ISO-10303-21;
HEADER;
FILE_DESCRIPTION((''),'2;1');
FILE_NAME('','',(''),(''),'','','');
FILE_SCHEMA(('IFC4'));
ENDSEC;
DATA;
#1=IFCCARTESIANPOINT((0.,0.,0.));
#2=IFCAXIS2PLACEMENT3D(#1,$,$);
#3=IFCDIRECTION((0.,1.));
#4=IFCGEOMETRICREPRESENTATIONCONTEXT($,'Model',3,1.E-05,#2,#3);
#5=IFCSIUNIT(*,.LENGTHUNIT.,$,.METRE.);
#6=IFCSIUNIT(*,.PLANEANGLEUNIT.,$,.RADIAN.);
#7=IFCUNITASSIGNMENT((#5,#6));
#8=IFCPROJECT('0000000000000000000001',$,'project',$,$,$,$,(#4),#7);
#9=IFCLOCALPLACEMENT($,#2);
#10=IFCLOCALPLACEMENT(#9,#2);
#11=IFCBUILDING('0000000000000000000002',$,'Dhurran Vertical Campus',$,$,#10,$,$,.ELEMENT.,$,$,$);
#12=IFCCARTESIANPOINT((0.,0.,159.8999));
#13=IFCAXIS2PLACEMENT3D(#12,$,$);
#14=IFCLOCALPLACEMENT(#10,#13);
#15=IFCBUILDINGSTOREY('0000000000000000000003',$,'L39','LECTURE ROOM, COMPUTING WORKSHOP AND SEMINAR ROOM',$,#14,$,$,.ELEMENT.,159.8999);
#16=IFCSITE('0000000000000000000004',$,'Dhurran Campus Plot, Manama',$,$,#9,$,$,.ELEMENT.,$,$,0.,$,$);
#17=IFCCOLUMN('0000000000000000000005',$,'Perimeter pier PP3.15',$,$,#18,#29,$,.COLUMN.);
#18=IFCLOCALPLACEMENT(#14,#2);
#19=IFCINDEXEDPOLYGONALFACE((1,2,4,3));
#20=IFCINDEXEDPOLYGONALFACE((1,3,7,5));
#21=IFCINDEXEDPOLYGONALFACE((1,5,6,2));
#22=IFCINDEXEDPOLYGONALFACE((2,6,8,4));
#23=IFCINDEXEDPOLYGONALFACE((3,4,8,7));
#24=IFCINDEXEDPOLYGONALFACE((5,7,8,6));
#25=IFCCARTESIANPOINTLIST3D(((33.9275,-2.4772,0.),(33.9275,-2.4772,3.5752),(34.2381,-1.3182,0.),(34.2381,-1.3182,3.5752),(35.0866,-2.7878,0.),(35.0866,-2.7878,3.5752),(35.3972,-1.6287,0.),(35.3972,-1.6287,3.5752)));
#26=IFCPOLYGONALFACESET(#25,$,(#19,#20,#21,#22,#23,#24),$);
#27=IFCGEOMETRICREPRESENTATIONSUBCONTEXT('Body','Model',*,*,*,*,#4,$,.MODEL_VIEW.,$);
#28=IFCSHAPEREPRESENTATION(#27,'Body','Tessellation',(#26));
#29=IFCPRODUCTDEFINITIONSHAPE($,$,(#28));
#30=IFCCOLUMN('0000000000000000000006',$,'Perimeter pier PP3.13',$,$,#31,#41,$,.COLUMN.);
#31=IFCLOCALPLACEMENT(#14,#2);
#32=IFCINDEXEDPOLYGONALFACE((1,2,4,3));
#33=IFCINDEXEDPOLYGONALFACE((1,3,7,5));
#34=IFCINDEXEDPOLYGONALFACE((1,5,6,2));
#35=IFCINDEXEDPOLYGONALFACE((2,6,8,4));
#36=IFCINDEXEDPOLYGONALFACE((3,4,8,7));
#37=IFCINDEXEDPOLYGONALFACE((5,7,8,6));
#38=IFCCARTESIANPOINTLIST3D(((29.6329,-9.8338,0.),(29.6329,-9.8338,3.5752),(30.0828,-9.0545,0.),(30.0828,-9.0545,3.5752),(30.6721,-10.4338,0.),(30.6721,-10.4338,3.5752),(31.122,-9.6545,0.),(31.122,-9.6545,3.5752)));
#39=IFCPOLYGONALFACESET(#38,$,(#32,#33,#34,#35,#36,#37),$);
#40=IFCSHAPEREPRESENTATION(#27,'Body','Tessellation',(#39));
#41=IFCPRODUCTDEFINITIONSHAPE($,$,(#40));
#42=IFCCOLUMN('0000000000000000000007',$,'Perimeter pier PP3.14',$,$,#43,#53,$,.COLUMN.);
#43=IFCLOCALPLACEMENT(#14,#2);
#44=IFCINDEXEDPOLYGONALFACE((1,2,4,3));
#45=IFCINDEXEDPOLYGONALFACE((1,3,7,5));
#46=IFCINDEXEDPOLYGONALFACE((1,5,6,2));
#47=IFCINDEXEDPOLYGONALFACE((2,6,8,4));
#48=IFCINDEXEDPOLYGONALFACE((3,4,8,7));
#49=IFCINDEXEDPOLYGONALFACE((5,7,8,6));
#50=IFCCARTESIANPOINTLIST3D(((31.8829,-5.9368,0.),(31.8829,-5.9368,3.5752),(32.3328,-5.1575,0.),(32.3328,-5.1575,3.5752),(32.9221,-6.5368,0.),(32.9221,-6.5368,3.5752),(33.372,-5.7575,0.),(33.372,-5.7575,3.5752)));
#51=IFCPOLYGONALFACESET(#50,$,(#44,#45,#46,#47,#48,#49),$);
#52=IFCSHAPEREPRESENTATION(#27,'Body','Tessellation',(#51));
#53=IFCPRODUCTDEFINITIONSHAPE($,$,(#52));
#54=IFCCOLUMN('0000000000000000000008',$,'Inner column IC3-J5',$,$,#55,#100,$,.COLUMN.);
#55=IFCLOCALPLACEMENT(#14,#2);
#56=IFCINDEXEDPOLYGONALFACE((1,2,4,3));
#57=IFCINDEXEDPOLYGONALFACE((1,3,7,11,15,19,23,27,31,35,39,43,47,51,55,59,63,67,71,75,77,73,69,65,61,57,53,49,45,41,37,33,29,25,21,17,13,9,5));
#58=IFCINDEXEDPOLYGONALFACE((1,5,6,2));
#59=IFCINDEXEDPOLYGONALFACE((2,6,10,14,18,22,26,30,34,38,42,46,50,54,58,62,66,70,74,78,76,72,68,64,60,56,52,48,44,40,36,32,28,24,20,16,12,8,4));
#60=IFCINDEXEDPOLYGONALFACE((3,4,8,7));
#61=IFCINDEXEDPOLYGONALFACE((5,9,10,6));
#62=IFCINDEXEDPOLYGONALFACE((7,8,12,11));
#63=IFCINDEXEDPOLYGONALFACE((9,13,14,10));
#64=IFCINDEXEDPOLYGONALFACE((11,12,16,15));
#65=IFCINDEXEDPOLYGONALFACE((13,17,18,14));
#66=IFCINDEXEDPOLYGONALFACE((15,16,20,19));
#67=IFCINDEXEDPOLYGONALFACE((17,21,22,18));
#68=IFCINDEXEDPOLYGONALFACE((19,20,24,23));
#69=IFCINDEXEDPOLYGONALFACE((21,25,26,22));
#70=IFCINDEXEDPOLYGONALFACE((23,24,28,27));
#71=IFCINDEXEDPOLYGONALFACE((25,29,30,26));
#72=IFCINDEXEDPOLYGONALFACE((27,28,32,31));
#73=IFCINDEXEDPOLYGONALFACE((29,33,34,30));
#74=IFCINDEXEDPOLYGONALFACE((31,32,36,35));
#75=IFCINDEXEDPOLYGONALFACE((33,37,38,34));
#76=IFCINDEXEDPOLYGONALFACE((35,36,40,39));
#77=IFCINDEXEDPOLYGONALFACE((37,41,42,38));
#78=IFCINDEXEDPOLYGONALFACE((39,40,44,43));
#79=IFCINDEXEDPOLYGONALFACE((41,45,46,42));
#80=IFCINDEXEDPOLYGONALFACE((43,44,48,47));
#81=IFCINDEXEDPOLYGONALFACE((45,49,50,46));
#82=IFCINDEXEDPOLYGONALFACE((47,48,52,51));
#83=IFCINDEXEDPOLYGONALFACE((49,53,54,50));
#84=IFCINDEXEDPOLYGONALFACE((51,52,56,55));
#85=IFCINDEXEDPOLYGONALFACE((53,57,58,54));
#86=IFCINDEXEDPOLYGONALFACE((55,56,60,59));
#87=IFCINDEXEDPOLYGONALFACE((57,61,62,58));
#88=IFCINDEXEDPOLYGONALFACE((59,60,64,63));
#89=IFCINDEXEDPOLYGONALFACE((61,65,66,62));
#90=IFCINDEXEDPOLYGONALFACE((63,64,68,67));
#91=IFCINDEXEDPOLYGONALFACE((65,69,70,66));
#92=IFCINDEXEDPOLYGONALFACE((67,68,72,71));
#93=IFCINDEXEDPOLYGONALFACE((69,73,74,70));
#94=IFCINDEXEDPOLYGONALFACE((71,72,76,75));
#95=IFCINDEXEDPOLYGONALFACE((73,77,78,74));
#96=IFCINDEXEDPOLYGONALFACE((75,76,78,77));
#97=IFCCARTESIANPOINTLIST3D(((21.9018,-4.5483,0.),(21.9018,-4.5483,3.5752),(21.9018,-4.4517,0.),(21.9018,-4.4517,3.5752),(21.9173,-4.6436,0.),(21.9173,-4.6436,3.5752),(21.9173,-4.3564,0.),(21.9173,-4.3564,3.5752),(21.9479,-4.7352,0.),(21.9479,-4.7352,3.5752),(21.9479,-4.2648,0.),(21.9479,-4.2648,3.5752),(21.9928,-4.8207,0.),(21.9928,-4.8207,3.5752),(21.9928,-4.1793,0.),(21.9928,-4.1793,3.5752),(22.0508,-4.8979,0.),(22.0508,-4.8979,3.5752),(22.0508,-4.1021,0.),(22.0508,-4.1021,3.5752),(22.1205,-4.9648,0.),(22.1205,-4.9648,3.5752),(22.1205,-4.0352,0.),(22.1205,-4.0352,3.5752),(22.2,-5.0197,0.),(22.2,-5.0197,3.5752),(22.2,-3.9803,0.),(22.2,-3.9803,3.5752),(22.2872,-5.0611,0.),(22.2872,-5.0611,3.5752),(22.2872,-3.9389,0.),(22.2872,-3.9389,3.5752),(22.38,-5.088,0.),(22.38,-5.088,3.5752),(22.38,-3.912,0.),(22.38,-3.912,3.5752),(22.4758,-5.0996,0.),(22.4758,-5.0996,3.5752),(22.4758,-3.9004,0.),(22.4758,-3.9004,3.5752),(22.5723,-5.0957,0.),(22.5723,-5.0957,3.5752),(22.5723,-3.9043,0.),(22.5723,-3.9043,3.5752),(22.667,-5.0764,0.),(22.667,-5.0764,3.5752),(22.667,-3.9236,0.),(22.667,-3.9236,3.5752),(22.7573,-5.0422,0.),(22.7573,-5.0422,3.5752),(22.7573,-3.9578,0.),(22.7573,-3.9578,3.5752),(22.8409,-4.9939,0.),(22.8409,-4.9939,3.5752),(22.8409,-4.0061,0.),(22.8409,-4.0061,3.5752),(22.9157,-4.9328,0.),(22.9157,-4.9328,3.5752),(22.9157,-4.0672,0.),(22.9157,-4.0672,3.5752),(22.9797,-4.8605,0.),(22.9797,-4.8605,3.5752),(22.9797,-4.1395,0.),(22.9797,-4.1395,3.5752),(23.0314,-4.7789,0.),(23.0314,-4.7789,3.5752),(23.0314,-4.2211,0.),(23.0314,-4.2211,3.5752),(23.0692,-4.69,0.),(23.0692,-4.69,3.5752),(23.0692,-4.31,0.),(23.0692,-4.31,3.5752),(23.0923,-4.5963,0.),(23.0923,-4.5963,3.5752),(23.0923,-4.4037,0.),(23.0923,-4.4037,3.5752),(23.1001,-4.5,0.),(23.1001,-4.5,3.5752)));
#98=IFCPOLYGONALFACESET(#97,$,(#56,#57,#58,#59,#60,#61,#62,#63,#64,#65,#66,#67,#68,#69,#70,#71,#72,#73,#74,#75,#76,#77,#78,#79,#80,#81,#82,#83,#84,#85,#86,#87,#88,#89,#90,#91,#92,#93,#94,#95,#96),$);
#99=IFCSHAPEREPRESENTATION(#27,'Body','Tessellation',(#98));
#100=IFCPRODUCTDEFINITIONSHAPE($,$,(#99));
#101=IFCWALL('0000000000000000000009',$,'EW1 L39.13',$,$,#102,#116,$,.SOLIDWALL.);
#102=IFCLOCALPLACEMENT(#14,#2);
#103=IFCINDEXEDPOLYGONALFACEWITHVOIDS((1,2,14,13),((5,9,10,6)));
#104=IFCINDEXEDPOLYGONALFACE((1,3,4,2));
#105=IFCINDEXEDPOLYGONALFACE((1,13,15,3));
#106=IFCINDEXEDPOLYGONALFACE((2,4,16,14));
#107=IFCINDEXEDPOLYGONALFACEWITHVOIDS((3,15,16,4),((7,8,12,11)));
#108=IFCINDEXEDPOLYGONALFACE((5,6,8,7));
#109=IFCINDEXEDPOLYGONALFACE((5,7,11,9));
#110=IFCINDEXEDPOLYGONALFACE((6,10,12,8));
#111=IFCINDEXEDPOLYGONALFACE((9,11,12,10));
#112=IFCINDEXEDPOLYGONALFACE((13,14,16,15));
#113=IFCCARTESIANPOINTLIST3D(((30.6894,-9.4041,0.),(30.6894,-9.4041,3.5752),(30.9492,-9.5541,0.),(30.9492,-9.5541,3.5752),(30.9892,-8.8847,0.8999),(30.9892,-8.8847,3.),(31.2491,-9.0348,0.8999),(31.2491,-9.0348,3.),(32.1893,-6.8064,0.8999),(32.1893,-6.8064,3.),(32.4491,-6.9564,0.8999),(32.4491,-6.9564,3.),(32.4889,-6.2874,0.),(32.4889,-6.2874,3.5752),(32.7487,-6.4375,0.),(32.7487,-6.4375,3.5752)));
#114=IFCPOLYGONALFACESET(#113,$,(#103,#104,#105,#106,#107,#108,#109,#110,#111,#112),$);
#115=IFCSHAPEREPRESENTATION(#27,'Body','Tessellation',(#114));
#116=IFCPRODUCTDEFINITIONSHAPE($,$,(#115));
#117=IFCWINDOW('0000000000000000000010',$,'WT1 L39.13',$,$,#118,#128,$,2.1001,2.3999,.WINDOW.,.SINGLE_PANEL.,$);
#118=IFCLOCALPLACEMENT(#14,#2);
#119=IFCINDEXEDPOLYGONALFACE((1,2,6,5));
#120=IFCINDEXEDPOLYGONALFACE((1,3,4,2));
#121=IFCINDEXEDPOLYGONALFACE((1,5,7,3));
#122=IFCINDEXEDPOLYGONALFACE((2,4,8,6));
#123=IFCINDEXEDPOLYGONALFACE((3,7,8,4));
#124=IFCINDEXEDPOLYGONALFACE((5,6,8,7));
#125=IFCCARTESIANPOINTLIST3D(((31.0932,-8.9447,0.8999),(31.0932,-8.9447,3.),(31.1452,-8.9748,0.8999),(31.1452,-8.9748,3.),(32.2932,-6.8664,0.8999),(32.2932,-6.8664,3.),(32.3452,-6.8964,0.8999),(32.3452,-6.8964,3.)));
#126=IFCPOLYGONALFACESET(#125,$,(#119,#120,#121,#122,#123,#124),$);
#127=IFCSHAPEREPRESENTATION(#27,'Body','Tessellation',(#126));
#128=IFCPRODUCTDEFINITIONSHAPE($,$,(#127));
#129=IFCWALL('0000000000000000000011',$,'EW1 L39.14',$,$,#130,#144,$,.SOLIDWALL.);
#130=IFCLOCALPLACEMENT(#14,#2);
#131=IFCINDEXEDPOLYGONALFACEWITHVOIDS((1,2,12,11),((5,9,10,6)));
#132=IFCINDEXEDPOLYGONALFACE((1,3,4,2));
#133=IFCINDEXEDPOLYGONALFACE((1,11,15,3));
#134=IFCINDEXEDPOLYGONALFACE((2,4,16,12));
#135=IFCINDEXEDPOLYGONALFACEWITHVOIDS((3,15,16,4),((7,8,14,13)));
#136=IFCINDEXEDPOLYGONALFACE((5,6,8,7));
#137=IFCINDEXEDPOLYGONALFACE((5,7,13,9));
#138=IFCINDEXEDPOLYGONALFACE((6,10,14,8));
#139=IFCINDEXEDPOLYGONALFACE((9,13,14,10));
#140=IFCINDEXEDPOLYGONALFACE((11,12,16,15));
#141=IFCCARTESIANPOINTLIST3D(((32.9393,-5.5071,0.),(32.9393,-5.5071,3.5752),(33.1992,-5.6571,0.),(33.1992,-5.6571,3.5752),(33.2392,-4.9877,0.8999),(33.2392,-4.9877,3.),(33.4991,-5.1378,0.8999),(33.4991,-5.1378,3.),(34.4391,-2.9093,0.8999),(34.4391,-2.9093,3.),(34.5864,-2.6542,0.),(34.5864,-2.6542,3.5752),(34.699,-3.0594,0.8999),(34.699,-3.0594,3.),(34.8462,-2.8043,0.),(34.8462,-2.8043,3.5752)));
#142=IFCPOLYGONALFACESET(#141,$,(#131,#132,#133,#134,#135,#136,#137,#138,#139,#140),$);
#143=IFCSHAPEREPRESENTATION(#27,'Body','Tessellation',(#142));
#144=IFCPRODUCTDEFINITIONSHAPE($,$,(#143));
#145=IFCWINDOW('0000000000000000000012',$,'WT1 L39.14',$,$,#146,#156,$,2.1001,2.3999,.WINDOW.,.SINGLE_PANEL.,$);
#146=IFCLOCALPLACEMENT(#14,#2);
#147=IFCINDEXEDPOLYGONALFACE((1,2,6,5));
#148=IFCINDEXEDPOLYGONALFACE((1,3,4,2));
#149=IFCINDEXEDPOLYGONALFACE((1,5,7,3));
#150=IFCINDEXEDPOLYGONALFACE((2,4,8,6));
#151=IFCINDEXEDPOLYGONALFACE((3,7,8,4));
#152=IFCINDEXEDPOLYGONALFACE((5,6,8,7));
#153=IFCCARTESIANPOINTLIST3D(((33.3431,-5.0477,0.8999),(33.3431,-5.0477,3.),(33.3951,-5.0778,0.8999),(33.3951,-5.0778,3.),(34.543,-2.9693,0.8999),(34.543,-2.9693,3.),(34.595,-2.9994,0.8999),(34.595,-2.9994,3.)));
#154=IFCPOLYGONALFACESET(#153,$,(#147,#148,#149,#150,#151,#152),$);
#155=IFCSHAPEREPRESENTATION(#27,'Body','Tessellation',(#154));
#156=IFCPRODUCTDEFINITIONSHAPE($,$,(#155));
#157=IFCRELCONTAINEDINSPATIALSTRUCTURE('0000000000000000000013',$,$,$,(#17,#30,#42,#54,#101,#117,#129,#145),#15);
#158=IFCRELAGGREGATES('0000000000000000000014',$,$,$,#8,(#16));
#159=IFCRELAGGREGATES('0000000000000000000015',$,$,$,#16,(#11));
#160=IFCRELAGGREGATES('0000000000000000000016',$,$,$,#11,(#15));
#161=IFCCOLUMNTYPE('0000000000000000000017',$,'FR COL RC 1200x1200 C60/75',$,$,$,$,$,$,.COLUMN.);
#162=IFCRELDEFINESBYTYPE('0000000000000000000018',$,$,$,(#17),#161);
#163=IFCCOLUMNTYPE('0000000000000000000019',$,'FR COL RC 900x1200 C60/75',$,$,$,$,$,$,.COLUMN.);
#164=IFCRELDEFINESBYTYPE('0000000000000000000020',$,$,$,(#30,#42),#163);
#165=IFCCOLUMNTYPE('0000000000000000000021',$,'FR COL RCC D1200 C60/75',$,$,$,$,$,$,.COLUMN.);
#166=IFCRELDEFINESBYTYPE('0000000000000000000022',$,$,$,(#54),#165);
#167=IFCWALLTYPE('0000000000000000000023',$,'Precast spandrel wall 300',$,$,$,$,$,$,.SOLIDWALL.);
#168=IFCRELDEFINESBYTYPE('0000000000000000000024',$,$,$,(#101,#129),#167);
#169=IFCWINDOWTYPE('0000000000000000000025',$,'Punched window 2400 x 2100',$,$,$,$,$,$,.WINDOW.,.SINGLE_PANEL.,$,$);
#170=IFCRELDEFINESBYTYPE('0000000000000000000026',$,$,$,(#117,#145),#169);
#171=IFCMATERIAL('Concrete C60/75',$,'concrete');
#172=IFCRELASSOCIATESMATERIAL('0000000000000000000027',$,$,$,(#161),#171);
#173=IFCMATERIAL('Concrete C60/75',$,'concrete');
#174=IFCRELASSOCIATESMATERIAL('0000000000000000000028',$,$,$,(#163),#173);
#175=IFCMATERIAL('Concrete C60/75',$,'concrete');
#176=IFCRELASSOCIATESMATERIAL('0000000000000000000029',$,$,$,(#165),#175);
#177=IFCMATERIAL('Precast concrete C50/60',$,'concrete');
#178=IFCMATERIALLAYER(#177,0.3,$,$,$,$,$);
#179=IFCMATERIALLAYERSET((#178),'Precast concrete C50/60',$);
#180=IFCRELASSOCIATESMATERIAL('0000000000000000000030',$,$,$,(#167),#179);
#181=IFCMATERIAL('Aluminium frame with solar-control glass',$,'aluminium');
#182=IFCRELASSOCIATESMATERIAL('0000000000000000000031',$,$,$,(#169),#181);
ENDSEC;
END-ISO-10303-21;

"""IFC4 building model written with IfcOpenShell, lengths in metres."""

from ifc_helpers import new_model, si_unit, direction, frame, frame_2d, origin, origin_2d, place, context, subcontext, project, spatial, rectangle, circle, extrude, material, layer, layer_set, material_profile, profile_set, type_object, element, fill, save


model = new_model("IFC4")

# Units and contexts
model_context = context("Model", 3, precision=1e-05, world=origin(), true_north=direction((0.0, 1.0)))
body_context = subcontext(model_context, "Body", "Model", "MODEL_VIEW")
ifc_project = project(units=[si_unit("LENGTHUNIT", "METRE"), si_unit("PLANEANGLEUNIT", "RADIAN")], contexts=[model_context])

# Site, building, storey
site_placement = place(None, origin())
site = spatial("IfcSite", under=ifc_project, at=site_placement, Name="Dhurran Campus Plot, Manama", CompositionType="ELEMENT", RefElevation=0.0)
building_placement = place(site_placement, origin())
building = spatial("IfcBuilding", under=site, at=building_placement, Name="Dhurran Vertical Campus", CompositionType="ELEMENT")
storey_placement = place(building_placement, frame((0.0, 0.0, 159.8999)))
storey = spatial("IfcBuildingStorey", under=building, at=storey_placement, Name="L39", Description="LECTURE ROOM, COMPUTING WORKSHOP AND SEMINAR ROOM", CompositionType="ELEMENT", Elevation=159.8999)

# Columns
ifc_material_1 = material(Name="Concrete C60/75", Category="concrete")
ifc_material_profile_1 = material_profile(ifc_material_1, rectangle(XDim=1.2, YDim=1.2, at=origin_2d()), Name="RC 1200x1200")
ifc_profile_set_1 = profile_set([ifc_material_profile_1], Name="Concrete C60/75")
column_type_1 = type_object("IfcColumnType", Name="FR COL RC 1200x1200 C60/75", PredefinedType="COLUMN", material=ifc_profile_set_1)
column_1_placement = place(storey_placement, frame((34.6624, -2.053, 0.0), z_axis=(0.0, 0.0, 1.0), x_axis=(0.258819, 0.965926, 0.0)))
element("IfcColumn", 1, at=column_1_placement, inside=storey, type_object=column_type_1, Name="Perimeter pier PP3.15", PredefinedType="COLUMN", context=body_context, shape_type="SweptSolid", body=[
    extrude(rectangle(XDim=1.2, YDim=1.2, at=origin_2d()), origin(), (0.0, 0.0, 1.0), 3.5752),
])
ifc_material_2 = material(Name="Concrete C60/75", Category="concrete")
ifc_material_profile_2 = material_profile(ifc_material_2, rectangle(XDim=0.8999, YDim=1.2, at=origin_2d()), Name="RC 900x1200")
ifc_profile_set_2 = profile_set([ifc_material_profile_2], Name="Concrete C60/75")
column_type_2 = type_object("IfcColumnType", Name="FR COL RC 900x1200 C60/75", PredefinedType="COLUMN", material=ifc_profile_set_2)
for number, where, z_axis, x_axis, name in (
    (2, (30.3774, -9.7441, 0.0), (0.0, 0.0, 1.0), (0.5, 0.866025, 0.0), "Perimeter pier PP3.13"),
    (3, (32.6274, -5.8472, 0.0), (0.0, 0.0, 1.0), (0.5, 0.866025, 0.0), "Perimeter pier PP3.14"),
):
    element("IfcColumn", number, at=place(storey_placement, frame(where, z_axis=z_axis, x_axis=x_axis)), inside=storey, type_object=column_type_2, Name=name, PredefinedType="COLUMN", context=body_context, shape_type="SweptSolid", body=[
        extrude(rectangle(XDim=0.8999, YDim=1.2, at=origin_2d()), origin(), (0.0, 0.0, 1.0), 3.5752),
    ])
ifc_material_3 = material(Name="Concrete C60/75", Category="concrete")
ifc_material_profile_3 = material_profile(ifc_material_3, circle(Radius=0.6001, at=origin_2d()), Name="RCC D1200")
ifc_profile_set_3 = profile_set([ifc_material_profile_3], Name="Concrete C60/75")
column_type_3 = type_object("IfcColumnType", Name="FR COL RCC D1200 C60/75", PredefinedType="COLUMN", material=ifc_profile_set_3)
column_2_placement = place(storey_placement, frame((22.5, -4.5, 0.0), z_axis=(0.0, 0.0, 1.0), x_axis=(1.0, 0.0, 0.0)))
element("IfcColumn", 4, at=column_2_placement, inside=storey, type_object=column_type_3, Name="Inner column IC3-J5", PredefinedType="COLUMN", context=body_context, shape_type="SweptSolid", body=[
    extrude(circle(Radius=0.6001, at=origin_2d()), origin(), (0.0, 0.0, 1.0), 3.5752),
])

# Walls, openings, windows
ifc_material_4 = material(Name="Precast concrete C50/60", Category="concrete")
ifc_layer_1 = layer(ifc_material_4, 0.3)
ifc_layer_set_1 = layer_set([ifc_layer_1], Name="Precast concrete C50/60")
wall_type_1 = type_object("IfcWallType", Name="Precast spandrel wall 300", PredefinedType="SOLIDWALL", material=ifc_layer_set_1)
wall_1_placement = place(storey_placement, frame((30.8193, -9.479, 0.0), z_axis=(0.0, 0.0, 1.0), x_axis=(0.500028, 0.866009, 0.0)))
wall_1 = element("IfcWall", 5, at=wall_1_placement, inside=storey, type_object=wall_type_1, Name="EW1 L39.13", PredefinedType="SOLIDWALL", context=body_context, shape_type="SweptSolid", body=[
    extrude(rectangle(XDim=3.5989, YDim=0.3, at=frame_2d((1.7993, 0.0))), origin(), (0.0, 0.0, 1.0), 3.5752),
])
opening_1_placement = place(wall_1_placement, frame((0.5996, 0.0, 0.8999)))
opening_1 = element("IfcOpeningElement", 6, at=opening_1_placement, cuts=wall_1, PredefinedType="OPENING", context=body_context, shape_type="SweptSolid", body=[
    extrude(rectangle(XDim=2.3999, YDim=2.1001, at=frame_2d((1.2, 1.05))), frame((0.0, 0.1599, 0.0), z_axis=(0.0, -1.0, 0.0), x_axis=(1.0, 0.0, 0.0)), (0.0, 0.0, 1.0), 0.3201),
])
ifc_material_5 = material(Name="Aluminium frame with solar-control glass", Category="aluminium")
window_type = type_object("IfcWindowType", Name="Punched window 2400 x 2100", PartitioningType="SINGLE_PANEL", PredefinedType="WINDOW", material=ifc_material_5)
window_1_placement = place(opening_1_placement, origin())
window_1 = element("IfcWindow", 7, at=window_1_placement, inside=storey, type_object=window_type, Name="WT1 L39.13", OverallHeight=2.1001, OverallWidth=2.3999, PartitioningType="SINGLE_PANEL", PredefinedType="WINDOW", context=body_context, shape_type="SweptSolid", body=[
    extrude(rectangle(XDim=2.3999, YDim=2.1001, at=frame_2d((1.2, 1.05))), frame((0.0, 0.03, 0.0), z_axis=(0.0, -1.0, 0.0), x_axis=(1.0, 0.0, 0.0)), (0.0, 0.0, 1.0), 0.0601),
])
fill(opening_1, window_1)
wall_2_placement = place(storey_placement, frame((33.0693, -5.582, 0.0), z_axis=(0.0, 0.0, 1.0), x_axis=(0.499981, 0.866036, 0.0)))
wall_2 = element("IfcWall", 8, at=wall_2_placement, inside=storey, type_object=wall_type_1, Name="EW1 L39.14", PredefinedType="SOLIDWALL", context=body_context, shape_type="SweptSolid", body=[
    extrude(rectangle(XDim=3.2942, YDim=0.3, at=frame_2d((1.647, 0.0))), origin(), (0.0, 0.0, 1.0), 3.5752),
])
opening_2_placement = place(wall_2_placement, frame((0.5996, 0.0, 0.8999)))
opening_2 = element("IfcOpeningElement", 9, at=opening_2_placement, cuts=wall_2, PredefinedType="OPENING", context=body_context, shape_type="SweptSolid", body=[
    extrude(rectangle(XDim=2.3999, YDim=2.1001, at=frame_2d((1.2, 1.05))), frame((0.0, 0.1599, 0.0), z_axis=(0.0, -1.0, 0.0), x_axis=(1.0, 0.0, 0.0)), (0.0, 0.0, 1.0), 0.3201),
])
window_2_placement = place(opening_2_placement, origin())
window_2 = element("IfcWindow", 10, at=window_2_placement, inside=storey, type_object=window_type, Name="WT1 L39.14", OverallHeight=2.1001, OverallWidth=2.3999, PartitioningType="SINGLE_PANEL", PredefinedType="WINDOW", context=body_context, shape_type="SweptSolid", body=[
    extrude(rectangle(XDim=2.3999, YDim=2.1001, at=frame_2d((1.2, 1.05))), frame((0.0, 0.03, 0.0), z_axis=(0.0, -1.0, 0.0), x_axis=(1.0, 0.0, 0.0)), (0.0, 0.0, 1.0), 0.0601),
])
fill(opening_2, window_2)

save(model, "model.ifc")
